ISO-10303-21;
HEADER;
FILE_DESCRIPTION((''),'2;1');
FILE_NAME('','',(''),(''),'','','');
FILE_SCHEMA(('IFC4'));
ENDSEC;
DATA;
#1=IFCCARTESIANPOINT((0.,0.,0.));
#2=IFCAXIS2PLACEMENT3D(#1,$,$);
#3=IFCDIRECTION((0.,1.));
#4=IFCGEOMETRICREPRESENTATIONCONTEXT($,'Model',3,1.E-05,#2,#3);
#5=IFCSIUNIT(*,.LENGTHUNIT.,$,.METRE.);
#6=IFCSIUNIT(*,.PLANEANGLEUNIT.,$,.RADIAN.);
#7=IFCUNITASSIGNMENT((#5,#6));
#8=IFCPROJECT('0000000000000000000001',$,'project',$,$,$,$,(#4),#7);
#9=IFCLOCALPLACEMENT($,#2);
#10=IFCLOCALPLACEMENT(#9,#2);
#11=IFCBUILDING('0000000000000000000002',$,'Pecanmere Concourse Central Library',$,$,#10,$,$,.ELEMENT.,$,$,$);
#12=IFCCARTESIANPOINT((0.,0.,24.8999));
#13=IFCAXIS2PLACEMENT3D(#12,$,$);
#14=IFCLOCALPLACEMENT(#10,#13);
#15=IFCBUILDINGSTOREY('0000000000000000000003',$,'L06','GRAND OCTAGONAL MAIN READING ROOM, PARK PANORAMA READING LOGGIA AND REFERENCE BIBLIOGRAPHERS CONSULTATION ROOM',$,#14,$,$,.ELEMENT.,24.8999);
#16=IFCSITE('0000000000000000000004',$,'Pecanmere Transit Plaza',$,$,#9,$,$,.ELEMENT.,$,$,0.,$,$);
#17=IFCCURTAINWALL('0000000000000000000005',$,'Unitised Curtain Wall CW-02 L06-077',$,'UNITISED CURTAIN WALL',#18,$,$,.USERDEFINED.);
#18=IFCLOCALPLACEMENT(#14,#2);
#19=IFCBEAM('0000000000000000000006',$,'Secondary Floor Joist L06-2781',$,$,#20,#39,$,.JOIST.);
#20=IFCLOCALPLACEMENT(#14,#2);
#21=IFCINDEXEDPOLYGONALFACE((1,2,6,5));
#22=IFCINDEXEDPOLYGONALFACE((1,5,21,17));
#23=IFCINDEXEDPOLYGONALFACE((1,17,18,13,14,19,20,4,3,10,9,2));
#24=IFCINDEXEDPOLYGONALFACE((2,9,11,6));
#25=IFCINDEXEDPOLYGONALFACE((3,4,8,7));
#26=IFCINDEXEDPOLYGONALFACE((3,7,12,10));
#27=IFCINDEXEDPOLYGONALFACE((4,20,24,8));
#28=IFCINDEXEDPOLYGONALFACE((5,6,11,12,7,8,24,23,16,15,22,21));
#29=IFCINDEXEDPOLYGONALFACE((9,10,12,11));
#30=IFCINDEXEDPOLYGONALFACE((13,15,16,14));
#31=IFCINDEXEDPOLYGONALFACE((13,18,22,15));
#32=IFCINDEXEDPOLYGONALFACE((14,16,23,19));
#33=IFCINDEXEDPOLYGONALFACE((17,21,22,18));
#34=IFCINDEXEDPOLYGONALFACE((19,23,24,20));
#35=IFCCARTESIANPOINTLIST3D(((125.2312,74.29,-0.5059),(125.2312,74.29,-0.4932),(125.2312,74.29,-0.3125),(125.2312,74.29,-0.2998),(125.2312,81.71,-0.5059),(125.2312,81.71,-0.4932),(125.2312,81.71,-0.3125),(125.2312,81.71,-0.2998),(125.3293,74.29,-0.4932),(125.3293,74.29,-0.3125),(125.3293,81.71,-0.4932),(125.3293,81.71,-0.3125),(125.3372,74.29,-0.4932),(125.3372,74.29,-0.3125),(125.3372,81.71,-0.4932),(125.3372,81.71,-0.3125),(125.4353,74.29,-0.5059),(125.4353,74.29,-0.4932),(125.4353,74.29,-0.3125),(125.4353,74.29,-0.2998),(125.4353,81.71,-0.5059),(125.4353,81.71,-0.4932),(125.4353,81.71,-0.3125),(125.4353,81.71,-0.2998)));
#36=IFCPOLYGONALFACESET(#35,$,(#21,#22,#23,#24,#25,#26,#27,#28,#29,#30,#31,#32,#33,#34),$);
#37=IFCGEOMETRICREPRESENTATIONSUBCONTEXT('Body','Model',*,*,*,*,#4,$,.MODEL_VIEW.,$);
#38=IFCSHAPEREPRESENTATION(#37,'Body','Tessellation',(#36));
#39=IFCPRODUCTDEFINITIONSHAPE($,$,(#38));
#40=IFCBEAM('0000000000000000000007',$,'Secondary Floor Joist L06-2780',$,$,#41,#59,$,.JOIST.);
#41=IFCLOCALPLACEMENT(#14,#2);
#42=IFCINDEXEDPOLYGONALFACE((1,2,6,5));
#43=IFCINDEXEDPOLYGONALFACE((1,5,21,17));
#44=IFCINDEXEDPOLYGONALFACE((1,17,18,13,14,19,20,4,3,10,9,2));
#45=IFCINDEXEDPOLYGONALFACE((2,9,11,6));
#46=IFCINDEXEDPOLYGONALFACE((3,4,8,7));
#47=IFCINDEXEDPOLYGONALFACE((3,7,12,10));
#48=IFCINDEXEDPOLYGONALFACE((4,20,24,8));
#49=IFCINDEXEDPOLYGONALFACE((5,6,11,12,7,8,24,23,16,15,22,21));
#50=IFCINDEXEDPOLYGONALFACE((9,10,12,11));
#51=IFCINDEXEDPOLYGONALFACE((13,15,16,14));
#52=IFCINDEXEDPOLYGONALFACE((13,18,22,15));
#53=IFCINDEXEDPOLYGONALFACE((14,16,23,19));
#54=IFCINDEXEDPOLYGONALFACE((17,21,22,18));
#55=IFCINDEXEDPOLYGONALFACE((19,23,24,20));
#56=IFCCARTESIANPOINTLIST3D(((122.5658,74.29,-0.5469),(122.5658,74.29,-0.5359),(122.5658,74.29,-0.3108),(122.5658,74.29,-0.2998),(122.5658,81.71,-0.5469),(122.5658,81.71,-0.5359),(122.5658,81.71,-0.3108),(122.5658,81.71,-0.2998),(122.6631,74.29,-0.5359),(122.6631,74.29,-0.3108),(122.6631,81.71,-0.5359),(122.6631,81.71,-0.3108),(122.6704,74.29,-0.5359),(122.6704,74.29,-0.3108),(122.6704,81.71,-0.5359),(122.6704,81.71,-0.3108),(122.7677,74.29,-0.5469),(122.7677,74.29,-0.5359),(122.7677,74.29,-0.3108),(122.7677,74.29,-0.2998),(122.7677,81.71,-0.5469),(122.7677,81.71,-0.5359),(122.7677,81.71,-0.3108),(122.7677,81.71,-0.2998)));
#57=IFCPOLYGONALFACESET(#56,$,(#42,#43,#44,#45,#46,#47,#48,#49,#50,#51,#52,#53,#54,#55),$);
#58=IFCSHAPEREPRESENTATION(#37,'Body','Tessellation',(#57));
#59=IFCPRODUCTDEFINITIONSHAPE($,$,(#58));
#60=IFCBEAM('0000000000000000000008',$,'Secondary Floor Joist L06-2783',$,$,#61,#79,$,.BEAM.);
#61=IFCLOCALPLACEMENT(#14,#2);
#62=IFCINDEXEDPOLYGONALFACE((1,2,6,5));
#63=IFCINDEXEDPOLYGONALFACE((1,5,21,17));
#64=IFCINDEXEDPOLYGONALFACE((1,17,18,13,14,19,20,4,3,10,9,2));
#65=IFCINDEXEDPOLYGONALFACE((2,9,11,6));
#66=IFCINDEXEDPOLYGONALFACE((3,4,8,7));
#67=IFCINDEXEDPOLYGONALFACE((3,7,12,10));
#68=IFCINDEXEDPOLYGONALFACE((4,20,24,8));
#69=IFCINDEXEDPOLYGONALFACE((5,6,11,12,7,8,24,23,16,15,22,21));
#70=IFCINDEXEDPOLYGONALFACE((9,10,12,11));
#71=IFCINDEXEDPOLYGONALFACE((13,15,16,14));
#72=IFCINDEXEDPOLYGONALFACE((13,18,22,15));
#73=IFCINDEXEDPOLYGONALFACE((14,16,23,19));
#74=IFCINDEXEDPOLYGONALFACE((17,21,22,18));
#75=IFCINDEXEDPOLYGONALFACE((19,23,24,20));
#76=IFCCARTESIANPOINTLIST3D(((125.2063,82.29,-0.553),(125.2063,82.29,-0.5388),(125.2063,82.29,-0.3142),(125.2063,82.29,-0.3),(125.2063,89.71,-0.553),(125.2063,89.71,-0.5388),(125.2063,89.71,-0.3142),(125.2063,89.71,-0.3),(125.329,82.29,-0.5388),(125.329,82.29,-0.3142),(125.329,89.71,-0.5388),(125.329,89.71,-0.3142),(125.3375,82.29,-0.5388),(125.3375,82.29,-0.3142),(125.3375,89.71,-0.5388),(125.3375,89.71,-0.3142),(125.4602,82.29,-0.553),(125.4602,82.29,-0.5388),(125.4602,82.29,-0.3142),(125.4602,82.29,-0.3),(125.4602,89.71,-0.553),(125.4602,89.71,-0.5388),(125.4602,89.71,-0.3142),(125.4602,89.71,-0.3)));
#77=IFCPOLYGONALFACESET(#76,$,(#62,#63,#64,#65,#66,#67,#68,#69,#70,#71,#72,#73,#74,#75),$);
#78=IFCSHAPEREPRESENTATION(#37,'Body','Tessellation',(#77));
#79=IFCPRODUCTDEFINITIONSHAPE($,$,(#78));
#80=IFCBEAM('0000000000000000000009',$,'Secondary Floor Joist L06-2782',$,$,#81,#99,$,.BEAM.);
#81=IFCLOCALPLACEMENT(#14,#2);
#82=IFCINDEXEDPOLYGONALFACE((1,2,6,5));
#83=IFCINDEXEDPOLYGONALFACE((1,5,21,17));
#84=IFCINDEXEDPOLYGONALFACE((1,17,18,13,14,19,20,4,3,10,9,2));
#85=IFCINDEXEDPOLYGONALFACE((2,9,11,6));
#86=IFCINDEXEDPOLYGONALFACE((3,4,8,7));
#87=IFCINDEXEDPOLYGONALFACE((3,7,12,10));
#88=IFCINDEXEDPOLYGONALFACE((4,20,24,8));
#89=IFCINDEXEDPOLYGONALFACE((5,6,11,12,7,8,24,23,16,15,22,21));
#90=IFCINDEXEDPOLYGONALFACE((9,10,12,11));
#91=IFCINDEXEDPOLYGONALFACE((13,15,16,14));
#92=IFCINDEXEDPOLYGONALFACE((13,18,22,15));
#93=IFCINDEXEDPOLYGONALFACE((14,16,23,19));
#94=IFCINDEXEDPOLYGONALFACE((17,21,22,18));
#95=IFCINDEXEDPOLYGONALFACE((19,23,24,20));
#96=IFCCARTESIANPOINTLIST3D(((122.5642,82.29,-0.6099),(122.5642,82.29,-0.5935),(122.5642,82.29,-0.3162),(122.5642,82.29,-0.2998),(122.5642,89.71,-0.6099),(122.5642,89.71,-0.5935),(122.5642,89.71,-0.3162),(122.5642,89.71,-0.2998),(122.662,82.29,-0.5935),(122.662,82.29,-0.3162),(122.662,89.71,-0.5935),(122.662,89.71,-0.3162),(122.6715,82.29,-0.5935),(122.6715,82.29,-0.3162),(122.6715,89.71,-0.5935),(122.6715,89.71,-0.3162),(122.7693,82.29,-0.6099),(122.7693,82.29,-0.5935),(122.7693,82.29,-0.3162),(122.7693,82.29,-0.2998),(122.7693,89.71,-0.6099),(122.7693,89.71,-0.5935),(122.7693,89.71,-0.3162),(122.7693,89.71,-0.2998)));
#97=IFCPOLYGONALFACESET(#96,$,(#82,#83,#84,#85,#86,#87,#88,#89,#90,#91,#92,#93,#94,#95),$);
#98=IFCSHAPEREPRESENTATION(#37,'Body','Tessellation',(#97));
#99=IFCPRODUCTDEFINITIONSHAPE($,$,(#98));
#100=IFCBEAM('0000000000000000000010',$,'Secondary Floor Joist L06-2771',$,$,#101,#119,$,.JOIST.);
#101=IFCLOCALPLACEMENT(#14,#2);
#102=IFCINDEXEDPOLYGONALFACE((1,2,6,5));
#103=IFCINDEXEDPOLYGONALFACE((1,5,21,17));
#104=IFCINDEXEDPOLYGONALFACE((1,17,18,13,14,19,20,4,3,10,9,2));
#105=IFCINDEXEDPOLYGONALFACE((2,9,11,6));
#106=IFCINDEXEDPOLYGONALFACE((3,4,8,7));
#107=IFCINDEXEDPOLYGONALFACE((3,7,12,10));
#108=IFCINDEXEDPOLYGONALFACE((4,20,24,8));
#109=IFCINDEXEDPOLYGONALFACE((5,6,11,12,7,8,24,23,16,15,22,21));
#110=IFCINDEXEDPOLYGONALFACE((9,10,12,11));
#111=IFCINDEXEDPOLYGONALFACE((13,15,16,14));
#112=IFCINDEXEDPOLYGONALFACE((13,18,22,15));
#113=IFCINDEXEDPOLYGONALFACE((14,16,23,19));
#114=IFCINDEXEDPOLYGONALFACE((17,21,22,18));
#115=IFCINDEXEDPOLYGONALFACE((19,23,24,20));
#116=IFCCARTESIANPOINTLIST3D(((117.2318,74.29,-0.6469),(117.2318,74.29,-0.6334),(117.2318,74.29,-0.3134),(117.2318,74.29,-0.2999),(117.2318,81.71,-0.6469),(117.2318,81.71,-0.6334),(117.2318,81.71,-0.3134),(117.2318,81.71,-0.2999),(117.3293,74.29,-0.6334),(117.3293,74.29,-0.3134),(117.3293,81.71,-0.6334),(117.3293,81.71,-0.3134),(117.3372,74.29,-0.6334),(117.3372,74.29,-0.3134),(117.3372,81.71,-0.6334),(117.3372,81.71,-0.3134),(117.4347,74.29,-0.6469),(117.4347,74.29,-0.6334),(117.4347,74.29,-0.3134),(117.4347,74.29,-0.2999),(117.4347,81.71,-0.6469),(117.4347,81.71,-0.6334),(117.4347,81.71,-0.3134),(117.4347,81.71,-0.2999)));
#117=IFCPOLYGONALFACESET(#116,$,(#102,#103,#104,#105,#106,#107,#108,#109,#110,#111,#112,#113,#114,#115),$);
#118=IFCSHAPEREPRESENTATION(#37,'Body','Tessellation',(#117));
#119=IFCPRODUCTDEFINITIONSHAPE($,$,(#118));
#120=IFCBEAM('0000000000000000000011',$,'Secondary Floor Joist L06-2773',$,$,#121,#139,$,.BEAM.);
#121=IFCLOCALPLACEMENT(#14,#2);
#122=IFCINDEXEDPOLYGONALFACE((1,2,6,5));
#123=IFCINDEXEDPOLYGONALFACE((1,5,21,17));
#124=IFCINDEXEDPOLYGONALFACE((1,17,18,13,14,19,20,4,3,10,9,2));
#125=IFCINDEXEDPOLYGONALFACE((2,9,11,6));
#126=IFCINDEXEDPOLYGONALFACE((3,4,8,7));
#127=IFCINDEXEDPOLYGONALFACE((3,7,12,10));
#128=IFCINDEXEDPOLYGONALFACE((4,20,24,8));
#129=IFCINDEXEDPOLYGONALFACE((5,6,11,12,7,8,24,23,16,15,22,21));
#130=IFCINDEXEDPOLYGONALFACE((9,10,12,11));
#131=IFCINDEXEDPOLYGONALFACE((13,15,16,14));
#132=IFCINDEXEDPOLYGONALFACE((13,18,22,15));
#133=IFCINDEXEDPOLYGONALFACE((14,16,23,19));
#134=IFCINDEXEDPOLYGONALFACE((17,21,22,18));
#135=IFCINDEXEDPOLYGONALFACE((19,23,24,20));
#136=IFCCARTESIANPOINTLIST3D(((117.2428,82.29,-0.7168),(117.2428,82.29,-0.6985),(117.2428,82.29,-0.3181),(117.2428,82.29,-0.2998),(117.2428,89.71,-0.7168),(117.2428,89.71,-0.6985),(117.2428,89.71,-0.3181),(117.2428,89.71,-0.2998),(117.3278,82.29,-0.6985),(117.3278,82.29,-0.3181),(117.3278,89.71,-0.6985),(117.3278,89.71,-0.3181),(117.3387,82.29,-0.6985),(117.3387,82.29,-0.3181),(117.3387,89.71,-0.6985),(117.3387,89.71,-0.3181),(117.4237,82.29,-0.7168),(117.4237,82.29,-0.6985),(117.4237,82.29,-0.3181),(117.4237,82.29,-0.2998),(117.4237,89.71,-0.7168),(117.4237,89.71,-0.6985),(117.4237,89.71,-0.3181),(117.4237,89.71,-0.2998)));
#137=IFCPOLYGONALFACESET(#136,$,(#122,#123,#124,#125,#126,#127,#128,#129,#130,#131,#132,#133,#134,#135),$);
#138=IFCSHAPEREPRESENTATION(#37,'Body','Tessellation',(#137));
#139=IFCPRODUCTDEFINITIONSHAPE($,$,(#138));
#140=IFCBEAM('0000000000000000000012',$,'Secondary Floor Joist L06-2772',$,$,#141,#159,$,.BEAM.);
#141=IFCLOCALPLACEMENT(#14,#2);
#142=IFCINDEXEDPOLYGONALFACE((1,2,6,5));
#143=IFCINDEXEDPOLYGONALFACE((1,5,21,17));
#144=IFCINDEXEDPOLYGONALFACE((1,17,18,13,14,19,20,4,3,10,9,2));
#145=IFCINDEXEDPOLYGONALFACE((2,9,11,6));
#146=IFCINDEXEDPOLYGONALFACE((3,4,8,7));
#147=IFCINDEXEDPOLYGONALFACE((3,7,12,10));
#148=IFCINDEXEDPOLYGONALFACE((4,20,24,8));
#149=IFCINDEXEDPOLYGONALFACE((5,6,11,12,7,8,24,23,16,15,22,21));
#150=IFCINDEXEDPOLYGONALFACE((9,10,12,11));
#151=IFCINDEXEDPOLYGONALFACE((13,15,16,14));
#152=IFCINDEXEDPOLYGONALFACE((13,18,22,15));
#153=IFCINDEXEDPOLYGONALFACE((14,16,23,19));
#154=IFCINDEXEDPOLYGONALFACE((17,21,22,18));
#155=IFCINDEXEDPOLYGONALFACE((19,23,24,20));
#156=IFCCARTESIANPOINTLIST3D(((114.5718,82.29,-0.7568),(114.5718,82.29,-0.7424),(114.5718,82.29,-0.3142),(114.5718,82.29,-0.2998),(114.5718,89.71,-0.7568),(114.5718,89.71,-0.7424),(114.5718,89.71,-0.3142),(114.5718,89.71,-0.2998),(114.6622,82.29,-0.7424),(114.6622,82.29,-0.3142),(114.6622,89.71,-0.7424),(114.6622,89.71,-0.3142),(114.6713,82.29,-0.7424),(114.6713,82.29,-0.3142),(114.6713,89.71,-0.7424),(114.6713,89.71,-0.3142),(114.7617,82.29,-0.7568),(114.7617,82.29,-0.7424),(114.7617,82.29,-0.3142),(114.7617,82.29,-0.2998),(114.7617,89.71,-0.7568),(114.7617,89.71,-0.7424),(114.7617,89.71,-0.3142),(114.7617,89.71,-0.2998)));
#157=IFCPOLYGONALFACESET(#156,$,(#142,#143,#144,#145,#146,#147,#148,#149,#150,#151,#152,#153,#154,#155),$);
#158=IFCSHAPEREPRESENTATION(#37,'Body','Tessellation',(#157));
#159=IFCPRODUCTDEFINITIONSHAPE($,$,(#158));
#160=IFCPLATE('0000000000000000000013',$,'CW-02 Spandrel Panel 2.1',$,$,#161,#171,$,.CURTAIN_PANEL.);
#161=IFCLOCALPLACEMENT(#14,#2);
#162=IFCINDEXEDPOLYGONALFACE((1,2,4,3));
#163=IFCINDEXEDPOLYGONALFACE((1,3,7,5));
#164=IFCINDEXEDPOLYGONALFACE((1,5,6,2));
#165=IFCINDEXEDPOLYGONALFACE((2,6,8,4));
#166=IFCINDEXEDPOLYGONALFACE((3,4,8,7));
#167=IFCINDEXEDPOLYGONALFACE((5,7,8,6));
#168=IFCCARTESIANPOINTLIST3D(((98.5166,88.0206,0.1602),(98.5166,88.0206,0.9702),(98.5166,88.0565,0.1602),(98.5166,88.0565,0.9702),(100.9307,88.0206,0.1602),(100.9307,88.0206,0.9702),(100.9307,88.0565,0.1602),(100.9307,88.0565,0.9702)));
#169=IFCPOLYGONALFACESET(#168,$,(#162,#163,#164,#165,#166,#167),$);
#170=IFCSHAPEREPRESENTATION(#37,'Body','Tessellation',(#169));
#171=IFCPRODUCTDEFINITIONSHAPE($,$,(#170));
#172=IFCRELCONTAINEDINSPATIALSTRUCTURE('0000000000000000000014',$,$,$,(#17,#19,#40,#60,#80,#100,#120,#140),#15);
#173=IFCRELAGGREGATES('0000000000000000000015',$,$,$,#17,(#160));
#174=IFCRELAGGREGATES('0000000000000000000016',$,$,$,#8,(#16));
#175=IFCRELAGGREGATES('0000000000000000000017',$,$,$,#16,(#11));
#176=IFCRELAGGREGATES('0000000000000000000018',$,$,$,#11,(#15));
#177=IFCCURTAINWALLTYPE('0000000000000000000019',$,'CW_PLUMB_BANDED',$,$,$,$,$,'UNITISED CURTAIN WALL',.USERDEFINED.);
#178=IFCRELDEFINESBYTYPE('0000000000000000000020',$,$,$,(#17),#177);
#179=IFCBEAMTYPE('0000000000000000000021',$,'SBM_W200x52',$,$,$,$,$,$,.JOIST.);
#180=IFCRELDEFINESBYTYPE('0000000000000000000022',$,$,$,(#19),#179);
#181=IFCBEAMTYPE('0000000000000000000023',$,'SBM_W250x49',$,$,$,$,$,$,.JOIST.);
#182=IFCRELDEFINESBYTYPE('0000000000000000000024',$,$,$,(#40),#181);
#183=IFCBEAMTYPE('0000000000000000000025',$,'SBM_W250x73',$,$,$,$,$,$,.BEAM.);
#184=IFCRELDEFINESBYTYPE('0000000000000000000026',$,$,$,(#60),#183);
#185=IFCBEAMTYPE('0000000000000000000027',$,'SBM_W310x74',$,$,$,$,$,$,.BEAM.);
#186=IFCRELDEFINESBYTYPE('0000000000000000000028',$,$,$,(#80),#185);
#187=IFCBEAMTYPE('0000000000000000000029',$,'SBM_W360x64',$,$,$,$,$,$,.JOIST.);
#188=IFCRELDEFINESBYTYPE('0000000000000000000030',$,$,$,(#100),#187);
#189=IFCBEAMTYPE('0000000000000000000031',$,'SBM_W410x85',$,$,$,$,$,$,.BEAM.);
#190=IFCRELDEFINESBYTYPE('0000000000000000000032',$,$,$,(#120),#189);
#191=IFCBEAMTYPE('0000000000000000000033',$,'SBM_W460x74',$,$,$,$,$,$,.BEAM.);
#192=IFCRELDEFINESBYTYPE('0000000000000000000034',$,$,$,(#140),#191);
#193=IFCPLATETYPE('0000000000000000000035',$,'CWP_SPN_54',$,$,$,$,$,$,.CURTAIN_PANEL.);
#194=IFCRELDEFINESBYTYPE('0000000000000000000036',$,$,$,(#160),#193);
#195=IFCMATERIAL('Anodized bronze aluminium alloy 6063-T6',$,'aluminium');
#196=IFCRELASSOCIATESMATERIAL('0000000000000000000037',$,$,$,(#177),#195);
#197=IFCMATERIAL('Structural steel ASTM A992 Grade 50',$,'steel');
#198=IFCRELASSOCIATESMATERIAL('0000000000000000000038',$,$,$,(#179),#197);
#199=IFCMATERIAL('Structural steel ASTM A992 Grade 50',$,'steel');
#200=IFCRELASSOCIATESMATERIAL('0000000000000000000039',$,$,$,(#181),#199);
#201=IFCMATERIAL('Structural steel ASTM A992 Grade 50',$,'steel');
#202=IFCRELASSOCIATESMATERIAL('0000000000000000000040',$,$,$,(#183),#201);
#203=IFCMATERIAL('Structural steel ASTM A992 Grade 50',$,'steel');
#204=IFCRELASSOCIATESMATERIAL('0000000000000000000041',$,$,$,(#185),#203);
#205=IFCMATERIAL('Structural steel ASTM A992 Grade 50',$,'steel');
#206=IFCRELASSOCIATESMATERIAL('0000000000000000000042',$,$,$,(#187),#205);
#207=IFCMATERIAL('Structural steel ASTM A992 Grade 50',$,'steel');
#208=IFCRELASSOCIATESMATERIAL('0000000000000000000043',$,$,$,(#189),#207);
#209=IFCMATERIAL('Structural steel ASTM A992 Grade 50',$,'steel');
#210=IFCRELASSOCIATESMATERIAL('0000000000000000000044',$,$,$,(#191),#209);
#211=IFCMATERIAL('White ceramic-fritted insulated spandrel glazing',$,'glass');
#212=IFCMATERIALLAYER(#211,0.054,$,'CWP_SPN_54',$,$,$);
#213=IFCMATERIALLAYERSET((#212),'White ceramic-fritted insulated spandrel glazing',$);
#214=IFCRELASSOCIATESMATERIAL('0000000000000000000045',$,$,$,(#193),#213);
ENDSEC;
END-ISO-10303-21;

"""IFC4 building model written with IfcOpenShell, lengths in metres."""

from ifc_helpers import new_model, si_unit, direction, frame, origin, origin_2d, place, context, subcontext, project, spatial, rectangle, i_section, extrude, material, layer, layer_set, material_profile, profile_set, type_object, element, aggregate, save


model = new_model("IFC4")

# Units and contexts
model_context = context("Model", 3, precision=1e-05, world=origin(), true_north=direction((0.0, 1.0)))
body_context = subcontext(model_context, "Body", "Model", "MODEL_VIEW")
ifc_project = project(units=[si_unit("LENGTHUNIT", "METRE"), si_unit("PLANEANGLEUNIT", "RADIAN")], contexts=[model_context])

# Site, building, storey
site_placement = place(None, origin())
site = spatial("IfcSite", under=ifc_project, at=site_placement, Name="Pecanmere Transit Plaza", CompositionType="ELEMENT", RefElevation=0.0)
building_placement = place(site_placement, origin())
building = spatial("IfcBuilding", under=site, at=building_placement, Name="Pecanmere Concourse Central Library", CompositionType="ELEMENT")
storey_placement = place(building_placement, frame((0.0, 0.0, 24.8999)))
storey = spatial("IfcBuildingStorey", under=building, at=storey_placement, Name="L06", Description="GRAND OCTAGONAL MAIN READING ROOM, PARK PANORAMA READING LOGGIA AND REFERENCE BIBLIOGRAPHERS CONSULTATION ROOM", CompositionType="ELEMENT", Elevation=24.8999)

# Curtain wall
ifc_material_1 = material(Name="Anodized bronze aluminium alloy 6063-T6", Category="aluminium")
curtain_wall_type = type_object("IfcCurtainWallType", Name="CW_PLUMB_BANDED", ElementType="UNITISED CURTAIN WALL", PredefinedType="USERDEFINED", material=ifc_material_1)
curtain_wall_placement = place(storey_placement, origin())
curtain_wall = element("IfcCurtainWall", 1, at=curtain_wall_placement, inside=storey, type_object=curtain_wall_type, Name="Unitised Curtain Wall CW-02 L06-077", ObjectType="UNITISED CURTAIN WALL", PredefinedType="USERDEFINED")

# Beams
ifc_material_2 = material(Name="Structural steel ASTM A992 Grade 50", Category="steel")
ifc_material_profile_1 = material_profile(ifc_material_2, i_section(OverallWidth=0.2041, OverallDepth=0.2061, WebThickness=0.0078, FlangeThickness=0.0127, at=origin_2d()), Name="W200x52")
ifc_profile_set_1 = profile_set([ifc_material_profile_1], Name="Structural steel ASTM A992 Grade 50")
beam_type_1 = type_object("IfcBeamType", Name="SBM_W200x52", PredefinedType="JOIST", material=ifc_profile_set_1)
beam_1_placement = place(storey_placement, frame((125.3333, 74.29, -0.4028), z_axis=(0.0, 1.0, 0.0), x_axis=(-1.0, 0.0, 0.0)))
element("IfcBeam", 2, at=beam_1_placement, inside=storey, type_object=beam_type_1, Name="Secondary Floor Joist L06-2781", PredefinedType="JOIST", context=body_context, shape_type="SweptSolid", body=[
    extrude(i_section(OverallWidth=0.2041, OverallDepth=0.2061, WebThickness=0.0078, FlangeThickness=0.0127, at=origin_2d()), origin(), (0.0, 0.0, 1.0), 7.4199),
])
ifc_material_3 = material(Name="Structural steel ASTM A992 Grade 50", Category="steel")
ifc_material_profile_2 = material_profile(ifc_material_3, i_section(OverallWidth=0.2019, OverallDepth=0.2471, WebThickness=0.0073, FlangeThickness=0.011, at=origin_2d()), Name="W250x49.1")
ifc_profile_set_2 = profile_set([ifc_material_profile_2], Name="Structural steel ASTM A992 Grade 50")
beam_type_2 = type_object("IfcBeamType", Name="SBM_W250x49", PredefinedType="JOIST", material=ifc_profile_set_2)
beam_2_placement = place(storey_placement, frame((122.6667, 74.29, -0.4233), z_axis=(0.0, 1.0, 0.0), x_axis=(-1.0, 0.0, 0.0)))
element("IfcBeam", 3, at=beam_2_placement, inside=storey, type_object=beam_type_2, Name="Secondary Floor Joist L06-2780", PredefinedType="JOIST", context=body_context, shape_type="SweptSolid", body=[
    extrude(i_section(OverallWidth=0.2019, OverallDepth=0.2471, WebThickness=0.0073, FlangeThickness=0.011, at=origin_2d()), origin(), (0.0, 0.0, 1.0), 7.4199),
])
ifc_material_4 = material(Name="Structural steel ASTM A992 Grade 50", Category="steel")
ifc_material_profile_3 = material_profile(ifc_material_4, i_section(OverallWidth=0.2539, OverallDepth=0.2529, WebThickness=0.0085, FlangeThickness=0.0142, at=origin_2d()), Name="W250x73")
ifc_profile_set_3 = profile_set([ifc_material_profile_3], Name="Structural steel ASTM A992 Grade 50")
beam_type_3 = type_object("IfcBeamType", Name="SBM_W250x73", PredefinedType="BEAM", material=ifc_profile_set_3)
beam_3_placement = place(storey_placement, frame((125.3333, 82.29, -0.4265), z_axis=(0.0, 1.0, 0.0), x_axis=(-1.0, 0.0, 0.0)))
element("IfcBeam", 4, at=beam_3_placement, inside=storey, type_object=beam_type_3, Name="Secondary Floor Joist L06-2783", PredefinedType="BEAM", context=body_context, shape_type="SweptSolid", body=[
    extrude(i_section(OverallWidth=0.2539, OverallDepth=0.2529, WebThickness=0.0085, FlangeThickness=0.0142, at=origin_2d()), origin(), (0.0, 0.0, 1.0), 7.4199),
])
ifc_material_5 = material(Name="Structural steel ASTM A992 Grade 50", Category="steel")
ifc_material_profile_4 = material_profile(ifc_material_5, i_section(OverallWidth=0.2051, OverallDepth=0.3101, WebThickness=0.0095, FlangeThickness=0.0164, at=origin_2d()), Name="W310x74")
ifc_profile_set_4 = profile_set([ifc_material_profile_4], Name="Structural steel ASTM A992 Grade 50")
beam_type_4 = type_object("IfcBeamType", Name="SBM_W310x74", PredefinedType="BEAM", material=ifc_profile_set_4)
beam_4_placement = place(storey_placement, frame((122.6667, 82.29, -0.4548), z_axis=(0.0, 1.0, 0.0), x_axis=(-1.0, 0.0, 0.0)))
element("IfcBeam", 5, at=beam_4_placement, inside=storey, type_object=beam_type_4, Name="Secondary Floor Joist L06-2782", PredefinedType="BEAM", context=body_context, shape_type="SweptSolid", body=[
    extrude(i_section(OverallWidth=0.2051, OverallDepth=0.3101, WebThickness=0.0095, FlangeThickness=0.0164, at=origin_2d()), origin(), (0.0, 0.0, 1.0), 7.4199),
])
ifc_material_6 = material(Name="Structural steel ASTM A992 Grade 50", Category="steel")
ifc_material_profile_5 = material_profile(ifc_material_6, i_section(OverallWidth=0.2029, OverallDepth=0.3469, WebThickness=0.0078, FlangeThickness=0.0134, at=origin_2d()), Name="W360x64")
ifc_profile_set_5 = profile_set([ifc_material_profile_5], Name="Structural steel ASTM A992 Grade 50")
beam_type_5 = type_object("IfcBeamType", Name="SBM_W360x64", PredefinedType="JOIST", material=ifc_profile_set_5)
beam_5_placement = place(storey_placement, frame((117.3333, 74.29, -0.4734), z_axis=(0.0, 1.0, 0.0), x_axis=(-1.0, 0.0, 0.0)))
element("IfcBeam", 6, at=beam_5_placement, inside=storey, type_object=beam_type_5, Name="Secondary Floor Joist L06-2771", PredefinedType="JOIST", context=body_context, shape_type="SweptSolid", body=[
    extrude(i_section(OverallWidth=0.2029, OverallDepth=0.3469, WebThickness=0.0078, FlangeThickness=0.0134, at=origin_2d()), origin(), (0.0, 0.0, 1.0), 7.4199),
])
ifc_material_7 = material(Name="Structural steel ASTM A992 Grade 50", Category="steel")
ifc_material_profile_6 = material_profile(ifc_material_7, i_section(OverallWidth=0.1809, OverallDepth=0.417, WebThickness=0.011, FlangeThickness=0.0183, at=origin_2d()), Name="W410x85")
ifc_profile_set_6 = profile_set([ifc_material_profile_6], Name="Structural steel ASTM A992 Grade 50")
beam_type_6 = type_object("IfcBeamType", Name="SBM_W410x85", PredefinedType="BEAM", material=ifc_profile_set_6)
beam_6_placement = place(storey_placement, frame((117.3333, 82.29, -0.5083), z_axis=(0.0, 1.0, 0.0), x_axis=(-1.0, 0.0, 0.0)))
element("IfcBeam", 7, at=beam_6_placement, inside=storey, type_object=beam_type_6, Name="Secondary Floor Joist L06-2773", PredefinedType="BEAM", context=body_context, shape_type="SweptSolid", body=[
    extrude(i_section(OverallWidth=0.1809, OverallDepth=0.417, WebThickness=0.011, FlangeThickness=0.0183, at=origin_2d()), origin(), (0.0, 0.0, 1.0), 7.4199),
])
ifc_material_8 = material(Name="Structural steel ASTM A992 Grade 50", Category="steel")
ifc_material_profile_7 = material_profile(ifc_material_8, i_section(OverallWidth=0.1899, OverallDepth=0.457, WebThickness=0.009, FlangeThickness=0.0144, at=origin_2d()), Name="W460x74")
ifc_profile_set_7 = profile_set([ifc_material_profile_7], Name="Structural steel ASTM A992 Grade 50")
beam_type_7 = type_object("IfcBeamType", Name="SBM_W460x74", PredefinedType="BEAM", material=ifc_profile_set_7)
beam_7_placement = place(storey_placement, frame((114.6667, 82.29, -0.5283), z_axis=(0.0, 1.0, 0.0), x_axis=(-1.0, 0.0, 0.0)))
element("IfcBeam", 8, at=beam_7_placement, inside=storey, type_object=beam_type_7, Name="Secondary Floor Joist L06-2772", PredefinedType="BEAM", context=body_context, shape_type="SweptSolid", body=[
    extrude(i_section(OverallWidth=0.1899, OverallDepth=0.457, WebThickness=0.009, FlangeThickness=0.0144, at=origin_2d()), origin(), (0.0, 0.0, 1.0), 7.4199),
])

# Plate
ifc_material_9 = material(Name="White ceramic-fritted insulated spandrel glazing", Category="glass")
ifc_layer_1 = layer(ifc_material_9, 0.054, Name="CWP_SPN_54")
ifc_layer_set_1 = layer_set([ifc_layer_1], Name="White ceramic-fritted insulated spandrel glazing")
plate_type_1 = type_object("IfcPlateType", Name="CWP_SPN_54", PredefinedType="CURTAIN_PANEL", material=ifc_layer_set_1)
plate_1_placement = place(storey_placement, frame((99.7236, 88.0386, 0.1602), z_axis=(0.0, 0.0, 1.0), x_axis=(1.0, 0.0, 0.0)))
plate_1 = element("IfcPlate", 9, at=plate_1_placement, type_object=plate_type_1, Name="CW-02 Spandrel Panel 2.1", PredefinedType="CURTAIN_PANEL", context=body_context, shape_type="SweptSolid", body=[
    extrude(rectangle(XDim=2.4141, YDim=0.0359, at=origin_2d()), origin(), (0.0, 0.0, 1.0), 0.8101),
])
aggregate(curtain_wall, [plate_1])

save(model, "model.ifc")
